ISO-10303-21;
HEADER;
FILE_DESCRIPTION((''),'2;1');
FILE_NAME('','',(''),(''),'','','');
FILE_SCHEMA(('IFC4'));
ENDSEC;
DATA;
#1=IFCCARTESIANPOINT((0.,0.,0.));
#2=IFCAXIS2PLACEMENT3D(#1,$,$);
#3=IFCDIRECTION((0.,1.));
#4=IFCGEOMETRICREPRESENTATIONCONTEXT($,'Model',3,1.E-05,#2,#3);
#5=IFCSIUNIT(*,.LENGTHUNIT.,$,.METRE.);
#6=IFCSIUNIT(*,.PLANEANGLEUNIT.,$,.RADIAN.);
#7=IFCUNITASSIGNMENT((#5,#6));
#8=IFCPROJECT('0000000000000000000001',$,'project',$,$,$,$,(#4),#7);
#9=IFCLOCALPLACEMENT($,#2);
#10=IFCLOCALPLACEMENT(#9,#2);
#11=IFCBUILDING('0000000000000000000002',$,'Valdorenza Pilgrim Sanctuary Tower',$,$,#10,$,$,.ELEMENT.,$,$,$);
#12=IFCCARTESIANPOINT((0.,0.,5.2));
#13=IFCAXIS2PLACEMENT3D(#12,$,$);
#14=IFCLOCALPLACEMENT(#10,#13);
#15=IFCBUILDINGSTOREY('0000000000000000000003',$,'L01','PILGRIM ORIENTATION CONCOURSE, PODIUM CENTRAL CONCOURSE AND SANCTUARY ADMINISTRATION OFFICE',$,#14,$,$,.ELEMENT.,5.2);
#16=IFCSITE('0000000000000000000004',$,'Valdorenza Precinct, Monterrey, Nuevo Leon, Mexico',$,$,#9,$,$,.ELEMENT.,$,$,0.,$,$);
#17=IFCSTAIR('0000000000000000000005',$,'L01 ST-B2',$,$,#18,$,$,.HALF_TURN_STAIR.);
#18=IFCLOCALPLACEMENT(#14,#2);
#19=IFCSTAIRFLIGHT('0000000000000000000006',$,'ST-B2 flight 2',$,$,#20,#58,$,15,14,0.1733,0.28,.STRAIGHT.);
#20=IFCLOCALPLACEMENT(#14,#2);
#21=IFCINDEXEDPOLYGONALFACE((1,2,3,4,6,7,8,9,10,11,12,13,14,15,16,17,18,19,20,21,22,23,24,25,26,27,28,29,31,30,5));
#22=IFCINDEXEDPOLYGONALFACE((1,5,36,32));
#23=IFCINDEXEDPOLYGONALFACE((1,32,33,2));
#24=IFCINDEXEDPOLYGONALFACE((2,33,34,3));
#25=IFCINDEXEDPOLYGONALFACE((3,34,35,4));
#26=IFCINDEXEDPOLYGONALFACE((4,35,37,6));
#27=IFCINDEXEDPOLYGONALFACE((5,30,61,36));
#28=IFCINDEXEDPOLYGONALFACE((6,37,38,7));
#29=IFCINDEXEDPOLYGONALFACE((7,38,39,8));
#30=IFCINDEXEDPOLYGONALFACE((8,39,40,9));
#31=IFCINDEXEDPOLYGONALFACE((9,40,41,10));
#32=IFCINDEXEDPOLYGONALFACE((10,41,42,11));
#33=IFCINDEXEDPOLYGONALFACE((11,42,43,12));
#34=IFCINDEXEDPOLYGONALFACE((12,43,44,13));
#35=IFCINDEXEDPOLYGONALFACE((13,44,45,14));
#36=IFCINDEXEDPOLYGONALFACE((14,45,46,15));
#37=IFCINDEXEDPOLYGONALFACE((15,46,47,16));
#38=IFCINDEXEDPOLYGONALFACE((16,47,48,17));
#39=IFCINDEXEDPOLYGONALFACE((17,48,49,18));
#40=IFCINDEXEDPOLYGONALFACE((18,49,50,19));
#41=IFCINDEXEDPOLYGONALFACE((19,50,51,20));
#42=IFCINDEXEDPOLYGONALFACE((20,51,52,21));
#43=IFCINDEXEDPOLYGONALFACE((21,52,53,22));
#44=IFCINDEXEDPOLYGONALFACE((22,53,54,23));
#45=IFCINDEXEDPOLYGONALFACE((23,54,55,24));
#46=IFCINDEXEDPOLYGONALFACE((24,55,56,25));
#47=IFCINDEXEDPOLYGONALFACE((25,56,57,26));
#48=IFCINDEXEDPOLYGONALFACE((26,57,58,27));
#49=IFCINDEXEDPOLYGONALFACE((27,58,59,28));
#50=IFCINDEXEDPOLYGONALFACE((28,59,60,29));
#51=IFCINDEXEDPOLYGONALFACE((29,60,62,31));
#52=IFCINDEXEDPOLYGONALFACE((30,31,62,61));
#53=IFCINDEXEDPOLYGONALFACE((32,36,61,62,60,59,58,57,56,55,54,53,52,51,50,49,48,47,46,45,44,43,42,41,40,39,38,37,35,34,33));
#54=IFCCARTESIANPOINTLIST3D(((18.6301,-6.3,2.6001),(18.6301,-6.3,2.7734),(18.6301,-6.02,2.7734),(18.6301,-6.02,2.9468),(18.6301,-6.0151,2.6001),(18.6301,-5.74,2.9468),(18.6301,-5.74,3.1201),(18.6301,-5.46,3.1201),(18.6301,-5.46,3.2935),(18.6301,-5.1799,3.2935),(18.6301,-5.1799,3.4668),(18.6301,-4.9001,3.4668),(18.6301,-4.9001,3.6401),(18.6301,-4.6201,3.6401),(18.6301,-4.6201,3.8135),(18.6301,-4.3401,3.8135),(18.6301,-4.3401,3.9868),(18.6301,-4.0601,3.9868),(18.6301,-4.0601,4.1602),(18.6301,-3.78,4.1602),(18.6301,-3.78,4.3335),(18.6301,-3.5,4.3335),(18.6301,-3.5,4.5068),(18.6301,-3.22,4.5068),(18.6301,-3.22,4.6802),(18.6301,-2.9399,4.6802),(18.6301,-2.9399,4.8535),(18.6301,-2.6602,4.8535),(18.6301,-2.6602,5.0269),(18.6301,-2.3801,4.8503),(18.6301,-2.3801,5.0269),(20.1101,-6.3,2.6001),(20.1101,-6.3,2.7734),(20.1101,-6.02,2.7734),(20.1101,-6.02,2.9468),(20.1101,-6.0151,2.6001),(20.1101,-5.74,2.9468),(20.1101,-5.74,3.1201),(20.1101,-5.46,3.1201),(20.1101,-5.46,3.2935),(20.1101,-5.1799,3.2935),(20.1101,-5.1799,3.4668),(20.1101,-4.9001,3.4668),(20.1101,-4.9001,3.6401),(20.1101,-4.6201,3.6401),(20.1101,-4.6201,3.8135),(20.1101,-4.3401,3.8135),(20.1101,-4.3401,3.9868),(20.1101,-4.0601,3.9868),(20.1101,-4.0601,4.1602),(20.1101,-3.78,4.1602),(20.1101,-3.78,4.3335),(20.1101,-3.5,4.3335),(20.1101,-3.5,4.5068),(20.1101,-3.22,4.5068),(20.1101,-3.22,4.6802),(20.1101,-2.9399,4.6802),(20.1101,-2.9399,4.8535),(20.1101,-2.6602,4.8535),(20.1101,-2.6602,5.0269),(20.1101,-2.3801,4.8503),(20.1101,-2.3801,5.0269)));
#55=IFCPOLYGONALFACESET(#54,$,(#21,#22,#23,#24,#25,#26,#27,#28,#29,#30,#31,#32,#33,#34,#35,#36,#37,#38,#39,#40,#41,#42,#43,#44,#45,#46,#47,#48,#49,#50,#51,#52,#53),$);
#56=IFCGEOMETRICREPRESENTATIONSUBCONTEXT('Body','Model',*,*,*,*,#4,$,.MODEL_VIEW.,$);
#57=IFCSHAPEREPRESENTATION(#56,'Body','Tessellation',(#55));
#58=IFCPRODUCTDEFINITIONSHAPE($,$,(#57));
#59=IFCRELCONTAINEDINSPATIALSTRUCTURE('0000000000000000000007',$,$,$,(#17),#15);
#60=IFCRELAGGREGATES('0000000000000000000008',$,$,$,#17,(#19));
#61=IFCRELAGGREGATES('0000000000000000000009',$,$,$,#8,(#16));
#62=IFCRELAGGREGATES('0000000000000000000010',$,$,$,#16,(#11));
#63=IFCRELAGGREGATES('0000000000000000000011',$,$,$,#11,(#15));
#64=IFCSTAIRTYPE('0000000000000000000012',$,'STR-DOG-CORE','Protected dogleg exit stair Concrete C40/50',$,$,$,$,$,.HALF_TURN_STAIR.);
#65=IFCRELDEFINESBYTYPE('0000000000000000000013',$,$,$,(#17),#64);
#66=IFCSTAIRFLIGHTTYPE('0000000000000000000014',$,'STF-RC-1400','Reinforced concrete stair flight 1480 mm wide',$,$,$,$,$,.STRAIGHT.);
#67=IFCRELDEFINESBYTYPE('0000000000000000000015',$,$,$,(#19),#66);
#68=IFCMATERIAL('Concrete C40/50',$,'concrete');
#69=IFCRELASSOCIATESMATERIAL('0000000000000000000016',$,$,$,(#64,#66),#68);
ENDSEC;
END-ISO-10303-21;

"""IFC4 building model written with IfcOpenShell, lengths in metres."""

from ifc_helpers import new_model, si_unit, direction, frame, origin, place, context, subcontext, project, spatial, polyline, outline, extrude, material, type_object, element, aggregate, save


model = new_model("IFC4")

# Units and contexts
model_context = context("Model", 3, precision=1e-05, world=origin(), true_north=direction((0.0, 1.0)))
body_context = subcontext(model_context, "Body", "Model", "MODEL_VIEW")
ifc_project = project(units=[si_unit("LENGTHUNIT", "METRE"), si_unit("PLANEANGLEUNIT", "RADIAN")], contexts=[model_context])

# Site, building, storey
site_placement = place(None, origin())
site = spatial("IfcSite", under=ifc_project, at=site_placement, Name="Valdorenza Precinct, Monterrey, Nuevo Leon, Mexico", CompositionType="ELEMENT", RefElevation=0.0)
building_placement = place(site_placement, origin())
building = spatial("IfcBuilding", under=site, at=building_placement, Name="Valdorenza Pilgrim Sanctuary Tower", CompositionType="ELEMENT")
storey_placement = place(building_placement, frame((0.0, 0.0, 5.2)))
storey = spatial("IfcBuildingStorey", under=building, at=storey_placement, Name="L01", Description="PILGRIM ORIENTATION CONCOURSE, PODIUM CENTRAL CONCOURSE AND SANCTUARY ADMINISTRATION OFFICE", CompositionType="ELEMENT", Elevation=5.2)

# Shared definitions
ifc_material_1 = material(Name="Concrete C40/50", Category="concrete")

# Stair, stair flight
stair_type = type_object("IfcStairType", Name="STR-DOG-CORE", Description="Protected dogleg exit stair Concrete C40/50", PredefinedType="HALF_TURN_STAIR", material=ifc_material_1)
stair_placement = place(storey_placement, origin())
stair = element("IfcStair", 1, at=stair_placement, inside=storey, type_object=stair_type, Name="L01 ST-B2", PredefinedType="HALF_TURN_STAIR")
stair_flight_type = type_object("IfcStairFlightType", Name="STF-RC-1400", Description="Reinforced concrete stair flight 1480 mm wide", PredefinedType="STRAIGHT", material=ifc_material_1)
stair_flight_placement = place(storey_placement, frame((19.3701, -6.3, 2.6001), z_axis=(0.0, 0.0, 1.0), x_axis=(0.0, 1.0, 0.0)))
stair_flight = element("IfcStairFlight", 2, at=stair_flight_placement, type_object=stair_flight_type, Name="ST-B2 flight 2", NumberOfRisers=15, NumberOfTreads=14, PredefinedType="STRAIGHT", RiserHeight=0.1733, TreadLength=0.28, context=body_context, shape_type="SweptSolid", body=[
    extrude(outline(polyline([(0.0, 0.0), (0.0, 0.1733), (0.28, 0.1733), (0.28, 0.3467), (0.5601, 0.3467), (0.5601, 0.52), (0.8401, 0.52), (0.8401, 0.6934), (1.1201, 0.6934), (1.1201, 0.8667), (1.3999, 0.8667), (1.3999, 1.04), (1.6799, 1.04), (1.6799, 1.2134), (1.96, 1.2134), (1.96, 1.3867), (2.24, 1.3867), (2.24, 1.5601), (2.52, 1.5601), (2.52, 1.7334), (2.8, 1.7334), (2.8, 1.9067), (3.0801, 1.9067), (3.0801, 2.0801), (3.3601, 2.0801), (3.3601, 2.2534), (3.6399, 2.2534), (3.6399, 2.4268), (3.9199, 2.4268), (3.9199, 2.6001), (3.9199, 2.2502), (0.2849, 0.0), (0.0, 0.0)])), frame((0.0, 0.74, 0.0), z_axis=(0.0, -1.0, 0.0), x_axis=(1.0, 0.0, 0.0)), (0.0, 0.0, 1.0), 1.48),
])
aggregate(stair, [stair_flight])

save(model, "model.ifc")
